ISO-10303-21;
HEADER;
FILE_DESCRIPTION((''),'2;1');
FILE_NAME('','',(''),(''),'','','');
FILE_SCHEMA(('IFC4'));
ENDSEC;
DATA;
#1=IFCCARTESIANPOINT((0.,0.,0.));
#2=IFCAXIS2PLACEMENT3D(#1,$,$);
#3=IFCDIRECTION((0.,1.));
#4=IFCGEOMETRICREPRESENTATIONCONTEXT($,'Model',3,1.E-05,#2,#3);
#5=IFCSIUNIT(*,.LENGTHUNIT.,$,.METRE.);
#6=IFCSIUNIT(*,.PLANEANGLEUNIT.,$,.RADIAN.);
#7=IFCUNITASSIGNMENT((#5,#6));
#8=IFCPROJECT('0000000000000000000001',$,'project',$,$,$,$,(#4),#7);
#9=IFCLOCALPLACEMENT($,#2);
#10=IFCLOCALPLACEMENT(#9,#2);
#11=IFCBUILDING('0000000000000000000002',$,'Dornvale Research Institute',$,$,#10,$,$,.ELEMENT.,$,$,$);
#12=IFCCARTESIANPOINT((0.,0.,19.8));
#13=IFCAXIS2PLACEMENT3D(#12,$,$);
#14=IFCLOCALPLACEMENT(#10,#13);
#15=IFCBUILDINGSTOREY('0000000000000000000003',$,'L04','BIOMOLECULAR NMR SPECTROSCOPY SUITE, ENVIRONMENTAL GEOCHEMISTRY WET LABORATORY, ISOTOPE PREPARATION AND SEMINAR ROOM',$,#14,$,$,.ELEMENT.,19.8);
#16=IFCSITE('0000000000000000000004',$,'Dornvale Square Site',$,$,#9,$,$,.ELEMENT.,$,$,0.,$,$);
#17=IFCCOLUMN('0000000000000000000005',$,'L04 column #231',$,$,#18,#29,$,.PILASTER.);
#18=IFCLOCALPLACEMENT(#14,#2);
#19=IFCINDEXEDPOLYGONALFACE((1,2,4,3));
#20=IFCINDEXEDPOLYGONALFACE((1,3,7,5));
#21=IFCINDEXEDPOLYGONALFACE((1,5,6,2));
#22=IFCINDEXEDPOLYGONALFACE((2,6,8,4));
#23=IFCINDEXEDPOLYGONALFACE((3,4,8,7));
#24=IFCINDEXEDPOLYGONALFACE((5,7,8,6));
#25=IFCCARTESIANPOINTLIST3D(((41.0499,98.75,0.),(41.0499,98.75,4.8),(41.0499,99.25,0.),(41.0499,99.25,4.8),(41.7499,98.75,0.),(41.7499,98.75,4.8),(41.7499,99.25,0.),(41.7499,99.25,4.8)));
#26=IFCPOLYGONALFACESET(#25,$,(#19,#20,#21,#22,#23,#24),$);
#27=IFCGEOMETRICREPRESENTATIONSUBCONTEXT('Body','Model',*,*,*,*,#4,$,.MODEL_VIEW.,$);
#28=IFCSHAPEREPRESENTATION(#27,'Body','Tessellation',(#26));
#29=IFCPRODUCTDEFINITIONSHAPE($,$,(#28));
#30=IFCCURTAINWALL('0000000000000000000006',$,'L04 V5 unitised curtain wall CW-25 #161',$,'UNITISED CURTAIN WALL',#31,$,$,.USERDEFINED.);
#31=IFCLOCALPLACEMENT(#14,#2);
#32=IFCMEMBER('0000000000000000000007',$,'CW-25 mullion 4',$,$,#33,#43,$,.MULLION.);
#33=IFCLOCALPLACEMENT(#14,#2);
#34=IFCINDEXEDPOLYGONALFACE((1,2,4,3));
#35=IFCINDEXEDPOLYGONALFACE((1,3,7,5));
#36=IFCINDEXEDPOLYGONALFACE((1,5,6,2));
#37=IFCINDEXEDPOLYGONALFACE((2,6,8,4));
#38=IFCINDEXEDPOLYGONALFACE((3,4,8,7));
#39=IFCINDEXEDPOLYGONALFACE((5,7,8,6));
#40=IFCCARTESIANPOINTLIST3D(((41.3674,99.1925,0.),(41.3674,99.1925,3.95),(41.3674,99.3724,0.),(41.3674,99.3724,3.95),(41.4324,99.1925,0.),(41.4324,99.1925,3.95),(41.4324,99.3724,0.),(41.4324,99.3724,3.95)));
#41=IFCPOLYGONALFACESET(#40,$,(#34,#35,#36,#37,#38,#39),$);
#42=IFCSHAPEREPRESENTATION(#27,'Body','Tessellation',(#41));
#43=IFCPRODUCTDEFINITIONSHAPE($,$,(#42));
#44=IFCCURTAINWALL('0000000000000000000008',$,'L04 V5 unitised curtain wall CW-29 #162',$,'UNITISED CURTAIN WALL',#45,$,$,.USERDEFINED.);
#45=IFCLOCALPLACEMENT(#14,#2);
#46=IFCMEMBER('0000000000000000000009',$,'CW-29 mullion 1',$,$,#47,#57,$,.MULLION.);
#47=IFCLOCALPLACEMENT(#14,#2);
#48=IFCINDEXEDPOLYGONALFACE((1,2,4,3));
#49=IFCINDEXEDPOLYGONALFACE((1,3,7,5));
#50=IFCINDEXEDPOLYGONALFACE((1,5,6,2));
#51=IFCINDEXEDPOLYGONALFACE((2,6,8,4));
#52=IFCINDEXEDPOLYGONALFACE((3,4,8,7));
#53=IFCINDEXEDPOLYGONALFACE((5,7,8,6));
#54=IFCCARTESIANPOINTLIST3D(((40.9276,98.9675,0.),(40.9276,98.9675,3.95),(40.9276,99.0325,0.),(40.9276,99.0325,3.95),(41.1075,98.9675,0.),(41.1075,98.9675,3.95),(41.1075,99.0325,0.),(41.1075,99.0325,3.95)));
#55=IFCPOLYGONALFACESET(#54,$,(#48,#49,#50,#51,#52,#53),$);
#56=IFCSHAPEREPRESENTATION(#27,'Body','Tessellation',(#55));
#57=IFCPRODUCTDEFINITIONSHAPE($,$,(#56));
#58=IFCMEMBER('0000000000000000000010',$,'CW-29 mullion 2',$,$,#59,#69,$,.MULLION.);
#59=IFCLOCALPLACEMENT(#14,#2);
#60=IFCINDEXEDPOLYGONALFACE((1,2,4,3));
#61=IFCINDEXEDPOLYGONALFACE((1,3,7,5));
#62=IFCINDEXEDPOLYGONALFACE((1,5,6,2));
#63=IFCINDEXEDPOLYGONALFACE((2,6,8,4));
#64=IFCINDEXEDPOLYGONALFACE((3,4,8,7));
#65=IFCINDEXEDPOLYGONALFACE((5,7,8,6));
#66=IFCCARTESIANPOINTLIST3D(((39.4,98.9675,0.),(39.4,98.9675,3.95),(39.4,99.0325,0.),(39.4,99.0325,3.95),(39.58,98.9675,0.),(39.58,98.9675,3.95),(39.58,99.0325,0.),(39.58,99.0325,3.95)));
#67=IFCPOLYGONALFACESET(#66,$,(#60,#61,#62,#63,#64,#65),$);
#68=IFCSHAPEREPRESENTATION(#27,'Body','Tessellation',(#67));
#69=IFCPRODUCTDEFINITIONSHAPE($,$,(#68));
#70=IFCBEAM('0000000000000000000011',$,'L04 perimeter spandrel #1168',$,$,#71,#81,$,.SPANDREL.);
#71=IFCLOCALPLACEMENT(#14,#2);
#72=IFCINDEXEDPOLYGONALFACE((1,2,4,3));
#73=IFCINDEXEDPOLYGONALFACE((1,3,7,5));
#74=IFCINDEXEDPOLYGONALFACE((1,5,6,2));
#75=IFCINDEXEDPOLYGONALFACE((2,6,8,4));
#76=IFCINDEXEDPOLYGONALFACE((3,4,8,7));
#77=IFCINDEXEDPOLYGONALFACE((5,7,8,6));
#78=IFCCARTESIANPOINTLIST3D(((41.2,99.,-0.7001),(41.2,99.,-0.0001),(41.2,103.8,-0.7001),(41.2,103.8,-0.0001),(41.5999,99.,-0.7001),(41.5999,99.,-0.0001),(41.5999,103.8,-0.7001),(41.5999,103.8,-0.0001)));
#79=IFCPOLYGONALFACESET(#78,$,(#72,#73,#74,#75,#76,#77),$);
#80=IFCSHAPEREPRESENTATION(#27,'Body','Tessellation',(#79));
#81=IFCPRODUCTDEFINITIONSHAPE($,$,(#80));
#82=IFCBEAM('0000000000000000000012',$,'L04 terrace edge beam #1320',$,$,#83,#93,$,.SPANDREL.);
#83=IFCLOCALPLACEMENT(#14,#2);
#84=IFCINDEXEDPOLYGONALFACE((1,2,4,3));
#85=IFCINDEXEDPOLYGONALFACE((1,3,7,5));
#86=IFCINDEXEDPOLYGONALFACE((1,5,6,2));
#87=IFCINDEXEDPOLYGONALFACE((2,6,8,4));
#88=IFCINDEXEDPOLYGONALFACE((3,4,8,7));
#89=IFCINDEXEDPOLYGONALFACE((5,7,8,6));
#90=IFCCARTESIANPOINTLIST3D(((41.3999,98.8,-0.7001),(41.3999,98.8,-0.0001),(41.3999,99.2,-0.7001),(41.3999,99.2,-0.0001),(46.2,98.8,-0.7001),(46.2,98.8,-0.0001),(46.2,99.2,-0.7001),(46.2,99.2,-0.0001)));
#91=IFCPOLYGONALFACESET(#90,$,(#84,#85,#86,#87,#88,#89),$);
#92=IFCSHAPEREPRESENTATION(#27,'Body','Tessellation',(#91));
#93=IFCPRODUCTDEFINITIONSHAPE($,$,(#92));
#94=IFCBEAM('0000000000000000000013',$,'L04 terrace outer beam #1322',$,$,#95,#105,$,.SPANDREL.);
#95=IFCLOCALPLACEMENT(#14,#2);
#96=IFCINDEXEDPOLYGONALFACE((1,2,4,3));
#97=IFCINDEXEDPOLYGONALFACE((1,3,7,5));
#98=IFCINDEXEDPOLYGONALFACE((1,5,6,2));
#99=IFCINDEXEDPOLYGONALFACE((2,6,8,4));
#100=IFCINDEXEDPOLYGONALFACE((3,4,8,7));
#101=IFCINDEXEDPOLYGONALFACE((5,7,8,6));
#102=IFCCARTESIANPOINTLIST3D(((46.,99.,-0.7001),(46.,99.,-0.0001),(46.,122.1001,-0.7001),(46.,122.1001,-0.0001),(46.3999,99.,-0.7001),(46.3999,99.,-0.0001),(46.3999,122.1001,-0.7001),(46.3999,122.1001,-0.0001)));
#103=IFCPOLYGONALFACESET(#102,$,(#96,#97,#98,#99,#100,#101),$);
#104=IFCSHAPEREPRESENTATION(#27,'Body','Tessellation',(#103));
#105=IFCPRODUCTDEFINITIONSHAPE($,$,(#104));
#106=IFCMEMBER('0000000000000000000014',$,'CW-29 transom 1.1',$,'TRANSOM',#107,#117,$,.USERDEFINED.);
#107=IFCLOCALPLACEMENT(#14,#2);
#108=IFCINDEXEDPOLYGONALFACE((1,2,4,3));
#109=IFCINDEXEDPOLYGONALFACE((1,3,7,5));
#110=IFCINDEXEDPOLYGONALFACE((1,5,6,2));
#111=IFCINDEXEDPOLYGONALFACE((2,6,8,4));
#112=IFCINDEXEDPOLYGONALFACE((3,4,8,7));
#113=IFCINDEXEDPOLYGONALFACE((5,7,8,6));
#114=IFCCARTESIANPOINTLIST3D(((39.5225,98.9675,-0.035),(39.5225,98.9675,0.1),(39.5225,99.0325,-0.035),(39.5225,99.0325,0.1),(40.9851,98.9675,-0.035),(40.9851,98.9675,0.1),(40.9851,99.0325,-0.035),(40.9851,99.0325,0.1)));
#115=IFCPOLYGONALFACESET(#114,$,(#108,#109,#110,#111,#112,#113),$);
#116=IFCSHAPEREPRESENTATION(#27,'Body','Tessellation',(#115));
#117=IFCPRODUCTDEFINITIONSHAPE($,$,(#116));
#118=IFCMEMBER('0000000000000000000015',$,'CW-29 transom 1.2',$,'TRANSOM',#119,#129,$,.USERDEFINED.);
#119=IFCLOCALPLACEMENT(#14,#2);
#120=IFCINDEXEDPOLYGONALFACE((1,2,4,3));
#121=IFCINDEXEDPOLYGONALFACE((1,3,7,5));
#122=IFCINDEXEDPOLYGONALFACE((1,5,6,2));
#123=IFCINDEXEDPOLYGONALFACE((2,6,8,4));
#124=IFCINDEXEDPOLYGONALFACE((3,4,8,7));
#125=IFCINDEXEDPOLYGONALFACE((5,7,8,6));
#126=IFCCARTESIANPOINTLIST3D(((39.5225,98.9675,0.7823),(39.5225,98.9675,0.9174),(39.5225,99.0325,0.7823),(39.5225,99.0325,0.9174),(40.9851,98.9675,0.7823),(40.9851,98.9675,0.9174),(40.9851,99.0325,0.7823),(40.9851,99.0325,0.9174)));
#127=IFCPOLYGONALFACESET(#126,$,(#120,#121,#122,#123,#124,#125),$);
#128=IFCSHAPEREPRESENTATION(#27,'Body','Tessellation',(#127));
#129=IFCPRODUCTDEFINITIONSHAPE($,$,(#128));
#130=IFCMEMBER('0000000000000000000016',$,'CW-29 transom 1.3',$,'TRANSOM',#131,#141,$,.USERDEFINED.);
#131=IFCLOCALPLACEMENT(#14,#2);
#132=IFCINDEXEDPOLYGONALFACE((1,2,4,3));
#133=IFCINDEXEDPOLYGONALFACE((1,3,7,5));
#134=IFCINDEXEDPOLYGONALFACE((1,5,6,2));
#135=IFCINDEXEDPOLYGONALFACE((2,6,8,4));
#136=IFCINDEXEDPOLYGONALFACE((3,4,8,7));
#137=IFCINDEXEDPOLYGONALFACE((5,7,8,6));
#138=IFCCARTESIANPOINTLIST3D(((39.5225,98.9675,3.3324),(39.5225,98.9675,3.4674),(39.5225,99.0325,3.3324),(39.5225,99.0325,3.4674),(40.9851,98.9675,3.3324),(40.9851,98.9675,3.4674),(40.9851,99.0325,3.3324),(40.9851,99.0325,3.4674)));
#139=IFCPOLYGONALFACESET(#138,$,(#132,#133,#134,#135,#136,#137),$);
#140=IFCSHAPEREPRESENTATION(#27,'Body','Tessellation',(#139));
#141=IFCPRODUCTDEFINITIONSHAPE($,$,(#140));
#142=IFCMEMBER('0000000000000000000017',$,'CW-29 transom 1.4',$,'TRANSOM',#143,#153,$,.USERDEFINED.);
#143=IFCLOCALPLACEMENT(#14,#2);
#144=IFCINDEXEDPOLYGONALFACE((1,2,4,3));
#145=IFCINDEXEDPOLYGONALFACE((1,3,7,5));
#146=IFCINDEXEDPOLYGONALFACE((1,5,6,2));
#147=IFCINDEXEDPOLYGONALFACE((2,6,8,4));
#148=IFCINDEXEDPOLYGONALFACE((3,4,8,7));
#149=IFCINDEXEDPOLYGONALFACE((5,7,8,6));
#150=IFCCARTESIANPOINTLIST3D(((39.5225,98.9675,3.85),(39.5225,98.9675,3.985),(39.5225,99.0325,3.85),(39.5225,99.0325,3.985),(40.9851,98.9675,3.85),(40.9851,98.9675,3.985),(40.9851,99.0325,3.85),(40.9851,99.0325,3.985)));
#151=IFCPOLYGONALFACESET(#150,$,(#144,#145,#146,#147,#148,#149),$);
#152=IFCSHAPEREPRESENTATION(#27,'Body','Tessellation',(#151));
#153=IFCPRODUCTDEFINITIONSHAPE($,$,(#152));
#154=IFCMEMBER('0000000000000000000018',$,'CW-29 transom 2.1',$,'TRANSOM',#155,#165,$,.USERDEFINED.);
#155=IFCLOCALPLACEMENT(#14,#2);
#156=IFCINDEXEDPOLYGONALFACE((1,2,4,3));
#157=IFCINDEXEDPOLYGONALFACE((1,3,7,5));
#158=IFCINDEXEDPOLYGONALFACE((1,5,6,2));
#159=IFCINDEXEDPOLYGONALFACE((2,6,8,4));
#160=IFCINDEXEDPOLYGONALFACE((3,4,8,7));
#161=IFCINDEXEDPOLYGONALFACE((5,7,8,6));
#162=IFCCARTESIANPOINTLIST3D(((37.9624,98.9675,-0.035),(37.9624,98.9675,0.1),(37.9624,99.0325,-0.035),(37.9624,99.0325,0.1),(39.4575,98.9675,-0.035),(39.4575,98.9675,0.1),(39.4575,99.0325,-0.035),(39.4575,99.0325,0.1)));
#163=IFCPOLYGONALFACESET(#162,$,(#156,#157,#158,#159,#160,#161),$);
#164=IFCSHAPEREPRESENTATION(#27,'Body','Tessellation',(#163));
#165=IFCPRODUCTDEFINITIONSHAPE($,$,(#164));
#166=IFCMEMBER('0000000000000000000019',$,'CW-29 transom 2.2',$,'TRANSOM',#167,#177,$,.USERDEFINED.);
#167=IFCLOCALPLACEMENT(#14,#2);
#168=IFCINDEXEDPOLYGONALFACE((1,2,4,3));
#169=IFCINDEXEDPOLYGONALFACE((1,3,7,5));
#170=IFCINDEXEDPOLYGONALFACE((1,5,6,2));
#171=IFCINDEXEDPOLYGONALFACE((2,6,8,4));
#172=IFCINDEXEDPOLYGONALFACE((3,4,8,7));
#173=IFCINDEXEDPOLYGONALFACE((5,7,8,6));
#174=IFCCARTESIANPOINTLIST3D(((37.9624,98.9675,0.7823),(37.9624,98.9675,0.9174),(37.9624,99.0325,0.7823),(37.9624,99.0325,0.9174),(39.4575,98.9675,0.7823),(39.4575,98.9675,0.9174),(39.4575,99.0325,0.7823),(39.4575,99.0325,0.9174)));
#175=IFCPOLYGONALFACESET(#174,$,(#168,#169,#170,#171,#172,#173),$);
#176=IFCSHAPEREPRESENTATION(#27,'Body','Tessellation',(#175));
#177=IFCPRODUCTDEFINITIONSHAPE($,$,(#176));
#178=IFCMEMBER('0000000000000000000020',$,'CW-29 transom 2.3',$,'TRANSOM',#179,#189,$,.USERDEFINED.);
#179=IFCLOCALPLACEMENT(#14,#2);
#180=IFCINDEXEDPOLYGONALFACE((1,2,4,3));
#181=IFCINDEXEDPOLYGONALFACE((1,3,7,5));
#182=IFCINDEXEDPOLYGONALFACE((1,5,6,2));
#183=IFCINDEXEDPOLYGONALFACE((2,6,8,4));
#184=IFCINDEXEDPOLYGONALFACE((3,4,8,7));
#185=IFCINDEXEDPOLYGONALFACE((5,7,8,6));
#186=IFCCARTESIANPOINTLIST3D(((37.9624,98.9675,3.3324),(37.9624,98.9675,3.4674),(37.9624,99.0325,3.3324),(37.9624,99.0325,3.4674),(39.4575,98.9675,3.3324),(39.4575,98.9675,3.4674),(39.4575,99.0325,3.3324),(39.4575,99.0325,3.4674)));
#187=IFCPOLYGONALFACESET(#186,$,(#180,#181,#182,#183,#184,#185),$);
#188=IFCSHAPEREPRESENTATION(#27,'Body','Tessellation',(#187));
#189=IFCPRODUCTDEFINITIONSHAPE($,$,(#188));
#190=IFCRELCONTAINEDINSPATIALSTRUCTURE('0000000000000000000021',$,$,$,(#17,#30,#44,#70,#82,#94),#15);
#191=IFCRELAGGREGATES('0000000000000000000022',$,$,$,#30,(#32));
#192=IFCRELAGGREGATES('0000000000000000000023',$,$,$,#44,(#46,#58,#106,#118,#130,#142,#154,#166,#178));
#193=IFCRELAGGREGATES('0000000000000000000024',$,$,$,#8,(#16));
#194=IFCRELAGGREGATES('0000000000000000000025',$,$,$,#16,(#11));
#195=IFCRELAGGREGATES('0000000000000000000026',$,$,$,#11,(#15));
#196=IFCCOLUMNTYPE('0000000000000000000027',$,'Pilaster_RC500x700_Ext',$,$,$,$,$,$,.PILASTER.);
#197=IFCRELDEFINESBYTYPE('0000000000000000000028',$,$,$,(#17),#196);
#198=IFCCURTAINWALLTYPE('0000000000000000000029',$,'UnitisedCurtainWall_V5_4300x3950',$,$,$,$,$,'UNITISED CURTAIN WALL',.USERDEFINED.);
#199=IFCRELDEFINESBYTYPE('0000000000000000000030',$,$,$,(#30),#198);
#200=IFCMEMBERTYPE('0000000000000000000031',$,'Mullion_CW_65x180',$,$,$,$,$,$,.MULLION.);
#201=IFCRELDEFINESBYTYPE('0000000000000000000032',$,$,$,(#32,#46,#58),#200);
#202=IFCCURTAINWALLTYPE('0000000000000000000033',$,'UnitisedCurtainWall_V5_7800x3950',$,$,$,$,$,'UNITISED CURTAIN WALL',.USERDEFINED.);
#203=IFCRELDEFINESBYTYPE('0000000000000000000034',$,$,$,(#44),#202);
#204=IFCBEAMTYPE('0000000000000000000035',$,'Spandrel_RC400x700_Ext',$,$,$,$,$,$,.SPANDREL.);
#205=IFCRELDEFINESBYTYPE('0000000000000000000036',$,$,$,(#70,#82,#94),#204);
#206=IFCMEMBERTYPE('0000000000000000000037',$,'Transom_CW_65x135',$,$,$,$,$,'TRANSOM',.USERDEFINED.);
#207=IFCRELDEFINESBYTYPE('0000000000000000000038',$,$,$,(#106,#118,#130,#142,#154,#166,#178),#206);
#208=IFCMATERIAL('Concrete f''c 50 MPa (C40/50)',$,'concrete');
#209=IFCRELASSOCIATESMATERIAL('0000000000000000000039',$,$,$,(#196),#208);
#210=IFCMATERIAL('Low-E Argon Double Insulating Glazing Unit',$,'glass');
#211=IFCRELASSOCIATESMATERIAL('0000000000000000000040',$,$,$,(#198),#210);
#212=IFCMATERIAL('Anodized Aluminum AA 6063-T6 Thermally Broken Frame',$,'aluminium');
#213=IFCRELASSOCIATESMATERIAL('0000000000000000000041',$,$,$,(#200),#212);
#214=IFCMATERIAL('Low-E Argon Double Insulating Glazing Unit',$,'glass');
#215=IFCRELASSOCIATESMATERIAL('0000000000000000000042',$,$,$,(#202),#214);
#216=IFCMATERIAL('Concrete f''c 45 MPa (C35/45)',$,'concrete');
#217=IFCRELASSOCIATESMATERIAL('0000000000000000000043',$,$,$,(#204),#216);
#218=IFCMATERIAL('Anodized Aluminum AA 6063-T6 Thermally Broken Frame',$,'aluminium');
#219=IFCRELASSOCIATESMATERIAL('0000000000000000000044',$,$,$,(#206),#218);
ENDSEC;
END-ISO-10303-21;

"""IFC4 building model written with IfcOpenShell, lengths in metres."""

from ifc_helpers import new_model, si_unit, direction, frame, origin, origin_2d, place, context, subcontext, project, spatial, rectangle, extrude, material, material_profile, profile_set, type_object, element, aggregate, save


model = new_model("IFC4")

# Units and contexts
model_context = context("Model", 3, precision=1e-05, world=origin(), true_north=direction((0.0, 1.0)))
body_context = subcontext(model_context, "Body", "Model", "MODEL_VIEW")
ifc_project = project(units=[si_unit("LENGTHUNIT", "METRE"), si_unit("PLANEANGLEUNIT", "RADIAN")], contexts=[model_context])

# Site, building, storey
site_placement = place(None, origin())
site = spatial("IfcSite", under=ifc_project, at=site_placement, Name="Dornvale Square Site", CompositionType="ELEMENT", RefElevation=0.0)
building_placement = place(site_placement, origin())
building = spatial("IfcBuilding", under=site, at=building_placement, Name="Dornvale Research Institute", CompositionType="ELEMENT")
storey_placement = place(building_placement, frame((0.0, 0.0, 19.8)))
storey = spatial("IfcBuildingStorey", under=building, at=storey_placement, Name="L04", Description="BIOMOLECULAR NMR SPECTROSCOPY SUITE, ENVIRONMENTAL GEOCHEMISTRY WET LABORATORY, ISOTOPE PREPARATION AND SEMINAR ROOM", CompositionType="ELEMENT", Elevation=19.8)

# Column
ifc_material_1 = material(Name="Concrete f'c 50 MPa (C40/50)", Category="concrete")
ifc_material_profile_1 = material_profile(ifc_material_1, rectangle(XDim=0.5, YDim=0.7, at=origin_2d()), Name="RC 500x700")
ifc_profile_set_1 = profile_set([ifc_material_profile_1], Name="Concrete f'c 50 MPa (C40/50)")
column_type = type_object("IfcColumnType", Name="Pilaster_RC500x700_Ext", PredefinedType="PILASTER", material=ifc_profile_set_1)
column_placement = place(storey_placement, frame((41.3999, 99.0, 0.0), z_axis=(0.0, 0.0, 1.0), x_axis=(0.0, 1.0, 0.0)))
element("IfcColumn", 1, at=column_placement, inside=storey, type_object=column_type, Name="L04 column #231", PredefinedType="PILASTER", context=body_context, shape_type="SweptSolid", body=[
    extrude(rectangle(XDim=0.5, YDim=0.7, at=origin_2d()), origin(), (0.0, 0.0, 1.0), 4.8),
])

# Curtain wall, member
ifc_material_2 = material(Name="Low-E Argon Double Insulating Glazing Unit", Category="glass")
curtain_wall_type_1 = type_object("IfcCurtainWallType", Name="UnitisedCurtainWall_V5_4300x3950", ElementType="UNITISED CURTAIN WALL", PredefinedType="USERDEFINED", material=ifc_material_2)
curtain_wall_1_placement = place(storey_placement, origin())
curtain_wall_1 = element("IfcCurtainWall", 2, at=curtain_wall_1_placement, inside=storey, type_object=curtain_wall_type_1, Name="L04 V5 unitised curtain wall CW-25 #161", ObjectType="UNITISED CURTAIN WALL", PredefinedType="USERDEFINED")
ifc_material_3 = material(Name="Anodized Aluminum AA 6063-T6 Thermally Broken Frame", Category="aluminium")
ifc_material_profile_2 = material_profile(ifc_material_3, rectangle(XDim=0.0649, YDim=0.1799, at=origin_2d()), Name="ALU MULLION 65x180")
ifc_profile_set_2 = profile_set([ifc_material_profile_2], Name="Anodized Aluminum AA 6063-T6 Thermally Broken Frame")
member_type_1 = type_object("IfcMemberType", Name="Mullion_CW_65x180", PredefinedType="MULLION", material=ifc_profile_set_2)
member_1_placement = place(storey_placement, frame((41.3999, 99.2825, 0.0), z_axis=(0.0, 0.0, 1.0), x_axis=(1.0, 0.0, 0.0)))
member_1 = element("IfcMember", 3, at=member_1_placement, type_object=member_type_1, Name="CW-25 mullion 4", PredefinedType="MULLION", context=body_context, shape_type="SweptSolid", body=[
    extrude(rectangle(XDim=0.0649, YDim=0.1799, at=origin_2d()), origin(), (0.0, 0.0, 1.0), 3.95),
])

# Curtain wall, members
ifc_material_4 = material(Name="Low-E Argon Double Insulating Glazing Unit", Category="glass")
curtain_wall_type_2 = type_object("IfcCurtainWallType", Name="UnitisedCurtainWall_V5_7800x3950", ElementType="UNITISED CURTAIN WALL", PredefinedType="USERDEFINED", material=ifc_material_4)
curtain_wall_2_placement = place(storey_placement, origin())
curtain_wall_2 = element("IfcCurtainWall", 4, at=curtain_wall_2_placement, inside=storey, type_object=curtain_wall_type_2, Name="L04 V5 unitised curtain wall CW-29 #162", ObjectType="UNITISED CURTAIN WALL", PredefinedType="USERDEFINED")
member_2_placement = place(storey_placement, frame((41.0176, 99.0, 0.0), z_axis=(0.0, 0.0, 1.0), x_axis=(0.0, -1.0, 0.0)))
member_2 = element("IfcMember", 5, at=member_2_placement, type_object=member_type_1, Name="CW-29 mullion 1", PredefinedType="MULLION", context=body_context, shape_type="SweptSolid", body=[
    extrude(rectangle(XDim=0.0649, YDim=0.1799, at=origin_2d()), origin(), (0.0, 0.0, 1.0), 3.95),
])
member_3_placement = place(storey_placement, frame((39.49, 99.0, 0.0), z_axis=(0.0, 0.0, 1.0), x_axis=(0.0, -1.0, 0.0)))
member_3 = element("IfcMember", 6, at=member_3_placement, type_object=member_type_1, Name="CW-29 mullion 2", PredefinedType="MULLION", context=body_context, shape_type="SweptSolid", body=[
    extrude(rectangle(XDim=0.0649, YDim=0.1799, at=origin_2d()), origin(), (0.0, 0.0, 1.0), 3.95),
])

# Beams
ifc_material_5 = material(Name="Concrete f'c 45 MPa (C35/45)", Category="concrete")
ifc_material_profile_3 = material_profile(ifc_material_5, rectangle(XDim=0.3999, YDim=0.7, at=origin_2d()), Name="RC 400x700")
ifc_profile_set_3 = profile_set([ifc_material_profile_3], Name="Concrete f'c 45 MPa (C35/45)")
beam_type = type_object("IfcBeamType", Name="Spandrel_RC400x700_Ext", PredefinedType="SPANDREL", material=ifc_profile_set_3)
for number, where, z_axis, x_axis, name in (
    (7, (41.3999, 99.0, -0.3501), (0.0, 1.0, 0.0), (-1.0, 0.0, 0.0), "L04 perimeter spandrel #1168"),
    (8, (41.3999, 99.0, -0.3501), (1.0, 0.0, 0.0), (0.0, 1.0, 0.0), "L04 terrace edge beam #1320"),
):
    element("IfcBeam", number, at=place(storey_placement, frame(where, z_axis=z_axis, x_axis=x_axis)), inside=storey, type_object=beam_type, Name=name, PredefinedType="SPANDREL", context=body_context, shape_type="SweptSolid", body=[
        extrude(rectangle(XDim=0.3999, YDim=0.7, at=origin_2d()), origin(), (0.0, 0.0, 1.0), 4.8),
    ])
beam_placement = place(storey_placement, frame((46.2, 99.0, -0.3501), z_axis=(0.0, 1.0, 0.0), x_axis=(-1.0, 0.0, 0.0)))
element("IfcBeam", 9, at=beam_placement, inside=storey, type_object=beam_type, Name="L04 terrace outer beam #1322", PredefinedType="SPANDREL", context=body_context, shape_type="SweptSolid", body=[
    extrude(rectangle(XDim=0.3999, YDim=0.7, at=origin_2d()), origin(), (0.0, 0.0, 1.0), 23.1001),
])

# Members
ifc_material_6 = material(Name="Anodized Aluminum AA 6063-T6 Thermally Broken Frame", Category="aluminium")
ifc_material_profile_4 = material_profile(ifc_material_6, rectangle(XDim=0.0649, YDim=0.135, at=origin_2d()), Name="ALU TRANSOM 65x135")
ifc_profile_set_4 = profile_set([ifc_material_profile_4], Name="Anodized Aluminum AA 6063-T6 Thermally Broken Frame")
member_type_2 = type_object("IfcMemberType", Name="Transom_CW_65x135", ElementType="TRANSOM", PredefinedType="USERDEFINED", material=ifc_profile_set_4)
member_4_placement = place(storey_placement, frame((40.9851, 99.0, 0.0325), z_axis=(-1.0, 0.0, 0.0), x_axis=(0.0, -1.0, 0.0)))
member_4 = element("IfcMember", 10, at=member_4_placement, type_object=member_type_2, Name="CW-29 transom 1.1", ObjectType="TRANSOM", PredefinedType="USERDEFINED", context=body_context, shape_type="SweptSolid", body=[
    extrude(rectangle(XDim=0.0649, YDim=0.135, at=origin_2d()), origin(), (0.0, 0.0, 1.0), 1.4626),
])
member_5_placement = place(storey_placement, frame((40.9851, 99.0, 0.8499), z_axis=(-1.0, 0.0, 0.0), x_axis=(0.0, -1.0, 0.0)))
member_5 = element("IfcMember", 11, at=member_5_placement, type_object=member_type_2, Name="CW-29 transom 1.2", ObjectType="TRANSOM", PredefinedType="USERDEFINED", context=body_context, shape_type="SweptSolid", body=[
    extrude(rectangle(XDim=0.0649, YDim=0.135, at=origin_2d()), origin(), (0.0, 0.0, 1.0), 1.4626),
])
member_6_placement = place(storey_placement, frame((40.9851, 99.0, 3.3999), z_axis=(-1.0, 0.0, 0.0), x_axis=(0.0, -1.0, 0.0)))
member_6 = element("IfcMember", 12, at=member_6_placement, type_object=member_type_2, Name="CW-29 transom 1.3", ObjectType="TRANSOM", PredefinedType="USERDEFINED", context=body_context, shape_type="SweptSolid", body=[
    extrude(rectangle(XDim=0.0649, YDim=0.135, at=origin_2d()), origin(), (0.0, 0.0, 1.0), 1.4626),
])
member_7_placement = place(storey_placement, frame((40.9851, 99.0, 3.9175), z_axis=(-1.0, 0.0, 0.0), x_axis=(0.0, -1.0, 0.0)))
member_7 = element("IfcMember", 13, at=member_7_placement, type_object=member_type_2, Name="CW-29 transom 1.4", ObjectType="TRANSOM", PredefinedType="USERDEFINED", context=body_context, shape_type="SweptSolid", body=[
    extrude(rectangle(XDim=0.0649, YDim=0.135, at=origin_2d()), origin(), (0.0, 0.0, 1.0), 1.4626),
])
member_8_placement = place(storey_placement, frame((39.4575, 99.0, 0.0325), z_axis=(-1.0, 0.0, 0.0), x_axis=(0.0, -1.0, 0.0)))
member_8 = element("IfcMember", 14, at=member_8_placement, type_object=member_type_2, Name="CW-29 transom 2.1", ObjectType="TRANSOM", PredefinedType="USERDEFINED", context=body_context, shape_type="SweptSolid", body=[
    extrude(rectangle(XDim=0.0649, YDim=0.135, at=origin_2d()), origin(), (0.0, 0.0, 1.0), 1.4951),
])
member_9_placement = place(storey_placement, frame((39.4575, 99.0, 0.8499), z_axis=(-1.0, 0.0, 0.0), x_axis=(0.0, -1.0, 0.0)))
member_9 = element("IfcMember", 15, at=member_9_placement, type_object=member_type_2, Name="CW-29 transom 2.2", ObjectType="TRANSOM", PredefinedType="USERDEFINED", context=body_context, shape_type="SweptSolid", body=[
    extrude(rectangle(XDim=0.0649, YDim=0.135, at=origin_2d()), origin(), (0.0, 0.0, 1.0), 1.4951),
])
member_10_placement = place(storey_placement, frame((39.4575, 99.0, 3.3999), z_axis=(-1.0, 0.0, 0.0), x_axis=(0.0, -1.0, 0.0)))
member_10 = element("IfcMember", 16, at=member_10_placement, type_object=member_type_2, Name="CW-29 transom 2.3", ObjectType="TRANSOM", PredefinedType="USERDEFINED", context=body_context, shape_type="SweptSolid", body=[
    extrude(rectangle(XDim=0.0649, YDim=0.135, at=origin_2d()), origin(), (0.0, 0.0, 1.0), 1.4951),
])

aggregate(curtain_wall_1, [member_1])
aggregate(curtain_wall_2, [member_2, member_3, member_4, member_5, member_6, member_7, member_8, member_9, member_10])

save(model, "model.ifc")
